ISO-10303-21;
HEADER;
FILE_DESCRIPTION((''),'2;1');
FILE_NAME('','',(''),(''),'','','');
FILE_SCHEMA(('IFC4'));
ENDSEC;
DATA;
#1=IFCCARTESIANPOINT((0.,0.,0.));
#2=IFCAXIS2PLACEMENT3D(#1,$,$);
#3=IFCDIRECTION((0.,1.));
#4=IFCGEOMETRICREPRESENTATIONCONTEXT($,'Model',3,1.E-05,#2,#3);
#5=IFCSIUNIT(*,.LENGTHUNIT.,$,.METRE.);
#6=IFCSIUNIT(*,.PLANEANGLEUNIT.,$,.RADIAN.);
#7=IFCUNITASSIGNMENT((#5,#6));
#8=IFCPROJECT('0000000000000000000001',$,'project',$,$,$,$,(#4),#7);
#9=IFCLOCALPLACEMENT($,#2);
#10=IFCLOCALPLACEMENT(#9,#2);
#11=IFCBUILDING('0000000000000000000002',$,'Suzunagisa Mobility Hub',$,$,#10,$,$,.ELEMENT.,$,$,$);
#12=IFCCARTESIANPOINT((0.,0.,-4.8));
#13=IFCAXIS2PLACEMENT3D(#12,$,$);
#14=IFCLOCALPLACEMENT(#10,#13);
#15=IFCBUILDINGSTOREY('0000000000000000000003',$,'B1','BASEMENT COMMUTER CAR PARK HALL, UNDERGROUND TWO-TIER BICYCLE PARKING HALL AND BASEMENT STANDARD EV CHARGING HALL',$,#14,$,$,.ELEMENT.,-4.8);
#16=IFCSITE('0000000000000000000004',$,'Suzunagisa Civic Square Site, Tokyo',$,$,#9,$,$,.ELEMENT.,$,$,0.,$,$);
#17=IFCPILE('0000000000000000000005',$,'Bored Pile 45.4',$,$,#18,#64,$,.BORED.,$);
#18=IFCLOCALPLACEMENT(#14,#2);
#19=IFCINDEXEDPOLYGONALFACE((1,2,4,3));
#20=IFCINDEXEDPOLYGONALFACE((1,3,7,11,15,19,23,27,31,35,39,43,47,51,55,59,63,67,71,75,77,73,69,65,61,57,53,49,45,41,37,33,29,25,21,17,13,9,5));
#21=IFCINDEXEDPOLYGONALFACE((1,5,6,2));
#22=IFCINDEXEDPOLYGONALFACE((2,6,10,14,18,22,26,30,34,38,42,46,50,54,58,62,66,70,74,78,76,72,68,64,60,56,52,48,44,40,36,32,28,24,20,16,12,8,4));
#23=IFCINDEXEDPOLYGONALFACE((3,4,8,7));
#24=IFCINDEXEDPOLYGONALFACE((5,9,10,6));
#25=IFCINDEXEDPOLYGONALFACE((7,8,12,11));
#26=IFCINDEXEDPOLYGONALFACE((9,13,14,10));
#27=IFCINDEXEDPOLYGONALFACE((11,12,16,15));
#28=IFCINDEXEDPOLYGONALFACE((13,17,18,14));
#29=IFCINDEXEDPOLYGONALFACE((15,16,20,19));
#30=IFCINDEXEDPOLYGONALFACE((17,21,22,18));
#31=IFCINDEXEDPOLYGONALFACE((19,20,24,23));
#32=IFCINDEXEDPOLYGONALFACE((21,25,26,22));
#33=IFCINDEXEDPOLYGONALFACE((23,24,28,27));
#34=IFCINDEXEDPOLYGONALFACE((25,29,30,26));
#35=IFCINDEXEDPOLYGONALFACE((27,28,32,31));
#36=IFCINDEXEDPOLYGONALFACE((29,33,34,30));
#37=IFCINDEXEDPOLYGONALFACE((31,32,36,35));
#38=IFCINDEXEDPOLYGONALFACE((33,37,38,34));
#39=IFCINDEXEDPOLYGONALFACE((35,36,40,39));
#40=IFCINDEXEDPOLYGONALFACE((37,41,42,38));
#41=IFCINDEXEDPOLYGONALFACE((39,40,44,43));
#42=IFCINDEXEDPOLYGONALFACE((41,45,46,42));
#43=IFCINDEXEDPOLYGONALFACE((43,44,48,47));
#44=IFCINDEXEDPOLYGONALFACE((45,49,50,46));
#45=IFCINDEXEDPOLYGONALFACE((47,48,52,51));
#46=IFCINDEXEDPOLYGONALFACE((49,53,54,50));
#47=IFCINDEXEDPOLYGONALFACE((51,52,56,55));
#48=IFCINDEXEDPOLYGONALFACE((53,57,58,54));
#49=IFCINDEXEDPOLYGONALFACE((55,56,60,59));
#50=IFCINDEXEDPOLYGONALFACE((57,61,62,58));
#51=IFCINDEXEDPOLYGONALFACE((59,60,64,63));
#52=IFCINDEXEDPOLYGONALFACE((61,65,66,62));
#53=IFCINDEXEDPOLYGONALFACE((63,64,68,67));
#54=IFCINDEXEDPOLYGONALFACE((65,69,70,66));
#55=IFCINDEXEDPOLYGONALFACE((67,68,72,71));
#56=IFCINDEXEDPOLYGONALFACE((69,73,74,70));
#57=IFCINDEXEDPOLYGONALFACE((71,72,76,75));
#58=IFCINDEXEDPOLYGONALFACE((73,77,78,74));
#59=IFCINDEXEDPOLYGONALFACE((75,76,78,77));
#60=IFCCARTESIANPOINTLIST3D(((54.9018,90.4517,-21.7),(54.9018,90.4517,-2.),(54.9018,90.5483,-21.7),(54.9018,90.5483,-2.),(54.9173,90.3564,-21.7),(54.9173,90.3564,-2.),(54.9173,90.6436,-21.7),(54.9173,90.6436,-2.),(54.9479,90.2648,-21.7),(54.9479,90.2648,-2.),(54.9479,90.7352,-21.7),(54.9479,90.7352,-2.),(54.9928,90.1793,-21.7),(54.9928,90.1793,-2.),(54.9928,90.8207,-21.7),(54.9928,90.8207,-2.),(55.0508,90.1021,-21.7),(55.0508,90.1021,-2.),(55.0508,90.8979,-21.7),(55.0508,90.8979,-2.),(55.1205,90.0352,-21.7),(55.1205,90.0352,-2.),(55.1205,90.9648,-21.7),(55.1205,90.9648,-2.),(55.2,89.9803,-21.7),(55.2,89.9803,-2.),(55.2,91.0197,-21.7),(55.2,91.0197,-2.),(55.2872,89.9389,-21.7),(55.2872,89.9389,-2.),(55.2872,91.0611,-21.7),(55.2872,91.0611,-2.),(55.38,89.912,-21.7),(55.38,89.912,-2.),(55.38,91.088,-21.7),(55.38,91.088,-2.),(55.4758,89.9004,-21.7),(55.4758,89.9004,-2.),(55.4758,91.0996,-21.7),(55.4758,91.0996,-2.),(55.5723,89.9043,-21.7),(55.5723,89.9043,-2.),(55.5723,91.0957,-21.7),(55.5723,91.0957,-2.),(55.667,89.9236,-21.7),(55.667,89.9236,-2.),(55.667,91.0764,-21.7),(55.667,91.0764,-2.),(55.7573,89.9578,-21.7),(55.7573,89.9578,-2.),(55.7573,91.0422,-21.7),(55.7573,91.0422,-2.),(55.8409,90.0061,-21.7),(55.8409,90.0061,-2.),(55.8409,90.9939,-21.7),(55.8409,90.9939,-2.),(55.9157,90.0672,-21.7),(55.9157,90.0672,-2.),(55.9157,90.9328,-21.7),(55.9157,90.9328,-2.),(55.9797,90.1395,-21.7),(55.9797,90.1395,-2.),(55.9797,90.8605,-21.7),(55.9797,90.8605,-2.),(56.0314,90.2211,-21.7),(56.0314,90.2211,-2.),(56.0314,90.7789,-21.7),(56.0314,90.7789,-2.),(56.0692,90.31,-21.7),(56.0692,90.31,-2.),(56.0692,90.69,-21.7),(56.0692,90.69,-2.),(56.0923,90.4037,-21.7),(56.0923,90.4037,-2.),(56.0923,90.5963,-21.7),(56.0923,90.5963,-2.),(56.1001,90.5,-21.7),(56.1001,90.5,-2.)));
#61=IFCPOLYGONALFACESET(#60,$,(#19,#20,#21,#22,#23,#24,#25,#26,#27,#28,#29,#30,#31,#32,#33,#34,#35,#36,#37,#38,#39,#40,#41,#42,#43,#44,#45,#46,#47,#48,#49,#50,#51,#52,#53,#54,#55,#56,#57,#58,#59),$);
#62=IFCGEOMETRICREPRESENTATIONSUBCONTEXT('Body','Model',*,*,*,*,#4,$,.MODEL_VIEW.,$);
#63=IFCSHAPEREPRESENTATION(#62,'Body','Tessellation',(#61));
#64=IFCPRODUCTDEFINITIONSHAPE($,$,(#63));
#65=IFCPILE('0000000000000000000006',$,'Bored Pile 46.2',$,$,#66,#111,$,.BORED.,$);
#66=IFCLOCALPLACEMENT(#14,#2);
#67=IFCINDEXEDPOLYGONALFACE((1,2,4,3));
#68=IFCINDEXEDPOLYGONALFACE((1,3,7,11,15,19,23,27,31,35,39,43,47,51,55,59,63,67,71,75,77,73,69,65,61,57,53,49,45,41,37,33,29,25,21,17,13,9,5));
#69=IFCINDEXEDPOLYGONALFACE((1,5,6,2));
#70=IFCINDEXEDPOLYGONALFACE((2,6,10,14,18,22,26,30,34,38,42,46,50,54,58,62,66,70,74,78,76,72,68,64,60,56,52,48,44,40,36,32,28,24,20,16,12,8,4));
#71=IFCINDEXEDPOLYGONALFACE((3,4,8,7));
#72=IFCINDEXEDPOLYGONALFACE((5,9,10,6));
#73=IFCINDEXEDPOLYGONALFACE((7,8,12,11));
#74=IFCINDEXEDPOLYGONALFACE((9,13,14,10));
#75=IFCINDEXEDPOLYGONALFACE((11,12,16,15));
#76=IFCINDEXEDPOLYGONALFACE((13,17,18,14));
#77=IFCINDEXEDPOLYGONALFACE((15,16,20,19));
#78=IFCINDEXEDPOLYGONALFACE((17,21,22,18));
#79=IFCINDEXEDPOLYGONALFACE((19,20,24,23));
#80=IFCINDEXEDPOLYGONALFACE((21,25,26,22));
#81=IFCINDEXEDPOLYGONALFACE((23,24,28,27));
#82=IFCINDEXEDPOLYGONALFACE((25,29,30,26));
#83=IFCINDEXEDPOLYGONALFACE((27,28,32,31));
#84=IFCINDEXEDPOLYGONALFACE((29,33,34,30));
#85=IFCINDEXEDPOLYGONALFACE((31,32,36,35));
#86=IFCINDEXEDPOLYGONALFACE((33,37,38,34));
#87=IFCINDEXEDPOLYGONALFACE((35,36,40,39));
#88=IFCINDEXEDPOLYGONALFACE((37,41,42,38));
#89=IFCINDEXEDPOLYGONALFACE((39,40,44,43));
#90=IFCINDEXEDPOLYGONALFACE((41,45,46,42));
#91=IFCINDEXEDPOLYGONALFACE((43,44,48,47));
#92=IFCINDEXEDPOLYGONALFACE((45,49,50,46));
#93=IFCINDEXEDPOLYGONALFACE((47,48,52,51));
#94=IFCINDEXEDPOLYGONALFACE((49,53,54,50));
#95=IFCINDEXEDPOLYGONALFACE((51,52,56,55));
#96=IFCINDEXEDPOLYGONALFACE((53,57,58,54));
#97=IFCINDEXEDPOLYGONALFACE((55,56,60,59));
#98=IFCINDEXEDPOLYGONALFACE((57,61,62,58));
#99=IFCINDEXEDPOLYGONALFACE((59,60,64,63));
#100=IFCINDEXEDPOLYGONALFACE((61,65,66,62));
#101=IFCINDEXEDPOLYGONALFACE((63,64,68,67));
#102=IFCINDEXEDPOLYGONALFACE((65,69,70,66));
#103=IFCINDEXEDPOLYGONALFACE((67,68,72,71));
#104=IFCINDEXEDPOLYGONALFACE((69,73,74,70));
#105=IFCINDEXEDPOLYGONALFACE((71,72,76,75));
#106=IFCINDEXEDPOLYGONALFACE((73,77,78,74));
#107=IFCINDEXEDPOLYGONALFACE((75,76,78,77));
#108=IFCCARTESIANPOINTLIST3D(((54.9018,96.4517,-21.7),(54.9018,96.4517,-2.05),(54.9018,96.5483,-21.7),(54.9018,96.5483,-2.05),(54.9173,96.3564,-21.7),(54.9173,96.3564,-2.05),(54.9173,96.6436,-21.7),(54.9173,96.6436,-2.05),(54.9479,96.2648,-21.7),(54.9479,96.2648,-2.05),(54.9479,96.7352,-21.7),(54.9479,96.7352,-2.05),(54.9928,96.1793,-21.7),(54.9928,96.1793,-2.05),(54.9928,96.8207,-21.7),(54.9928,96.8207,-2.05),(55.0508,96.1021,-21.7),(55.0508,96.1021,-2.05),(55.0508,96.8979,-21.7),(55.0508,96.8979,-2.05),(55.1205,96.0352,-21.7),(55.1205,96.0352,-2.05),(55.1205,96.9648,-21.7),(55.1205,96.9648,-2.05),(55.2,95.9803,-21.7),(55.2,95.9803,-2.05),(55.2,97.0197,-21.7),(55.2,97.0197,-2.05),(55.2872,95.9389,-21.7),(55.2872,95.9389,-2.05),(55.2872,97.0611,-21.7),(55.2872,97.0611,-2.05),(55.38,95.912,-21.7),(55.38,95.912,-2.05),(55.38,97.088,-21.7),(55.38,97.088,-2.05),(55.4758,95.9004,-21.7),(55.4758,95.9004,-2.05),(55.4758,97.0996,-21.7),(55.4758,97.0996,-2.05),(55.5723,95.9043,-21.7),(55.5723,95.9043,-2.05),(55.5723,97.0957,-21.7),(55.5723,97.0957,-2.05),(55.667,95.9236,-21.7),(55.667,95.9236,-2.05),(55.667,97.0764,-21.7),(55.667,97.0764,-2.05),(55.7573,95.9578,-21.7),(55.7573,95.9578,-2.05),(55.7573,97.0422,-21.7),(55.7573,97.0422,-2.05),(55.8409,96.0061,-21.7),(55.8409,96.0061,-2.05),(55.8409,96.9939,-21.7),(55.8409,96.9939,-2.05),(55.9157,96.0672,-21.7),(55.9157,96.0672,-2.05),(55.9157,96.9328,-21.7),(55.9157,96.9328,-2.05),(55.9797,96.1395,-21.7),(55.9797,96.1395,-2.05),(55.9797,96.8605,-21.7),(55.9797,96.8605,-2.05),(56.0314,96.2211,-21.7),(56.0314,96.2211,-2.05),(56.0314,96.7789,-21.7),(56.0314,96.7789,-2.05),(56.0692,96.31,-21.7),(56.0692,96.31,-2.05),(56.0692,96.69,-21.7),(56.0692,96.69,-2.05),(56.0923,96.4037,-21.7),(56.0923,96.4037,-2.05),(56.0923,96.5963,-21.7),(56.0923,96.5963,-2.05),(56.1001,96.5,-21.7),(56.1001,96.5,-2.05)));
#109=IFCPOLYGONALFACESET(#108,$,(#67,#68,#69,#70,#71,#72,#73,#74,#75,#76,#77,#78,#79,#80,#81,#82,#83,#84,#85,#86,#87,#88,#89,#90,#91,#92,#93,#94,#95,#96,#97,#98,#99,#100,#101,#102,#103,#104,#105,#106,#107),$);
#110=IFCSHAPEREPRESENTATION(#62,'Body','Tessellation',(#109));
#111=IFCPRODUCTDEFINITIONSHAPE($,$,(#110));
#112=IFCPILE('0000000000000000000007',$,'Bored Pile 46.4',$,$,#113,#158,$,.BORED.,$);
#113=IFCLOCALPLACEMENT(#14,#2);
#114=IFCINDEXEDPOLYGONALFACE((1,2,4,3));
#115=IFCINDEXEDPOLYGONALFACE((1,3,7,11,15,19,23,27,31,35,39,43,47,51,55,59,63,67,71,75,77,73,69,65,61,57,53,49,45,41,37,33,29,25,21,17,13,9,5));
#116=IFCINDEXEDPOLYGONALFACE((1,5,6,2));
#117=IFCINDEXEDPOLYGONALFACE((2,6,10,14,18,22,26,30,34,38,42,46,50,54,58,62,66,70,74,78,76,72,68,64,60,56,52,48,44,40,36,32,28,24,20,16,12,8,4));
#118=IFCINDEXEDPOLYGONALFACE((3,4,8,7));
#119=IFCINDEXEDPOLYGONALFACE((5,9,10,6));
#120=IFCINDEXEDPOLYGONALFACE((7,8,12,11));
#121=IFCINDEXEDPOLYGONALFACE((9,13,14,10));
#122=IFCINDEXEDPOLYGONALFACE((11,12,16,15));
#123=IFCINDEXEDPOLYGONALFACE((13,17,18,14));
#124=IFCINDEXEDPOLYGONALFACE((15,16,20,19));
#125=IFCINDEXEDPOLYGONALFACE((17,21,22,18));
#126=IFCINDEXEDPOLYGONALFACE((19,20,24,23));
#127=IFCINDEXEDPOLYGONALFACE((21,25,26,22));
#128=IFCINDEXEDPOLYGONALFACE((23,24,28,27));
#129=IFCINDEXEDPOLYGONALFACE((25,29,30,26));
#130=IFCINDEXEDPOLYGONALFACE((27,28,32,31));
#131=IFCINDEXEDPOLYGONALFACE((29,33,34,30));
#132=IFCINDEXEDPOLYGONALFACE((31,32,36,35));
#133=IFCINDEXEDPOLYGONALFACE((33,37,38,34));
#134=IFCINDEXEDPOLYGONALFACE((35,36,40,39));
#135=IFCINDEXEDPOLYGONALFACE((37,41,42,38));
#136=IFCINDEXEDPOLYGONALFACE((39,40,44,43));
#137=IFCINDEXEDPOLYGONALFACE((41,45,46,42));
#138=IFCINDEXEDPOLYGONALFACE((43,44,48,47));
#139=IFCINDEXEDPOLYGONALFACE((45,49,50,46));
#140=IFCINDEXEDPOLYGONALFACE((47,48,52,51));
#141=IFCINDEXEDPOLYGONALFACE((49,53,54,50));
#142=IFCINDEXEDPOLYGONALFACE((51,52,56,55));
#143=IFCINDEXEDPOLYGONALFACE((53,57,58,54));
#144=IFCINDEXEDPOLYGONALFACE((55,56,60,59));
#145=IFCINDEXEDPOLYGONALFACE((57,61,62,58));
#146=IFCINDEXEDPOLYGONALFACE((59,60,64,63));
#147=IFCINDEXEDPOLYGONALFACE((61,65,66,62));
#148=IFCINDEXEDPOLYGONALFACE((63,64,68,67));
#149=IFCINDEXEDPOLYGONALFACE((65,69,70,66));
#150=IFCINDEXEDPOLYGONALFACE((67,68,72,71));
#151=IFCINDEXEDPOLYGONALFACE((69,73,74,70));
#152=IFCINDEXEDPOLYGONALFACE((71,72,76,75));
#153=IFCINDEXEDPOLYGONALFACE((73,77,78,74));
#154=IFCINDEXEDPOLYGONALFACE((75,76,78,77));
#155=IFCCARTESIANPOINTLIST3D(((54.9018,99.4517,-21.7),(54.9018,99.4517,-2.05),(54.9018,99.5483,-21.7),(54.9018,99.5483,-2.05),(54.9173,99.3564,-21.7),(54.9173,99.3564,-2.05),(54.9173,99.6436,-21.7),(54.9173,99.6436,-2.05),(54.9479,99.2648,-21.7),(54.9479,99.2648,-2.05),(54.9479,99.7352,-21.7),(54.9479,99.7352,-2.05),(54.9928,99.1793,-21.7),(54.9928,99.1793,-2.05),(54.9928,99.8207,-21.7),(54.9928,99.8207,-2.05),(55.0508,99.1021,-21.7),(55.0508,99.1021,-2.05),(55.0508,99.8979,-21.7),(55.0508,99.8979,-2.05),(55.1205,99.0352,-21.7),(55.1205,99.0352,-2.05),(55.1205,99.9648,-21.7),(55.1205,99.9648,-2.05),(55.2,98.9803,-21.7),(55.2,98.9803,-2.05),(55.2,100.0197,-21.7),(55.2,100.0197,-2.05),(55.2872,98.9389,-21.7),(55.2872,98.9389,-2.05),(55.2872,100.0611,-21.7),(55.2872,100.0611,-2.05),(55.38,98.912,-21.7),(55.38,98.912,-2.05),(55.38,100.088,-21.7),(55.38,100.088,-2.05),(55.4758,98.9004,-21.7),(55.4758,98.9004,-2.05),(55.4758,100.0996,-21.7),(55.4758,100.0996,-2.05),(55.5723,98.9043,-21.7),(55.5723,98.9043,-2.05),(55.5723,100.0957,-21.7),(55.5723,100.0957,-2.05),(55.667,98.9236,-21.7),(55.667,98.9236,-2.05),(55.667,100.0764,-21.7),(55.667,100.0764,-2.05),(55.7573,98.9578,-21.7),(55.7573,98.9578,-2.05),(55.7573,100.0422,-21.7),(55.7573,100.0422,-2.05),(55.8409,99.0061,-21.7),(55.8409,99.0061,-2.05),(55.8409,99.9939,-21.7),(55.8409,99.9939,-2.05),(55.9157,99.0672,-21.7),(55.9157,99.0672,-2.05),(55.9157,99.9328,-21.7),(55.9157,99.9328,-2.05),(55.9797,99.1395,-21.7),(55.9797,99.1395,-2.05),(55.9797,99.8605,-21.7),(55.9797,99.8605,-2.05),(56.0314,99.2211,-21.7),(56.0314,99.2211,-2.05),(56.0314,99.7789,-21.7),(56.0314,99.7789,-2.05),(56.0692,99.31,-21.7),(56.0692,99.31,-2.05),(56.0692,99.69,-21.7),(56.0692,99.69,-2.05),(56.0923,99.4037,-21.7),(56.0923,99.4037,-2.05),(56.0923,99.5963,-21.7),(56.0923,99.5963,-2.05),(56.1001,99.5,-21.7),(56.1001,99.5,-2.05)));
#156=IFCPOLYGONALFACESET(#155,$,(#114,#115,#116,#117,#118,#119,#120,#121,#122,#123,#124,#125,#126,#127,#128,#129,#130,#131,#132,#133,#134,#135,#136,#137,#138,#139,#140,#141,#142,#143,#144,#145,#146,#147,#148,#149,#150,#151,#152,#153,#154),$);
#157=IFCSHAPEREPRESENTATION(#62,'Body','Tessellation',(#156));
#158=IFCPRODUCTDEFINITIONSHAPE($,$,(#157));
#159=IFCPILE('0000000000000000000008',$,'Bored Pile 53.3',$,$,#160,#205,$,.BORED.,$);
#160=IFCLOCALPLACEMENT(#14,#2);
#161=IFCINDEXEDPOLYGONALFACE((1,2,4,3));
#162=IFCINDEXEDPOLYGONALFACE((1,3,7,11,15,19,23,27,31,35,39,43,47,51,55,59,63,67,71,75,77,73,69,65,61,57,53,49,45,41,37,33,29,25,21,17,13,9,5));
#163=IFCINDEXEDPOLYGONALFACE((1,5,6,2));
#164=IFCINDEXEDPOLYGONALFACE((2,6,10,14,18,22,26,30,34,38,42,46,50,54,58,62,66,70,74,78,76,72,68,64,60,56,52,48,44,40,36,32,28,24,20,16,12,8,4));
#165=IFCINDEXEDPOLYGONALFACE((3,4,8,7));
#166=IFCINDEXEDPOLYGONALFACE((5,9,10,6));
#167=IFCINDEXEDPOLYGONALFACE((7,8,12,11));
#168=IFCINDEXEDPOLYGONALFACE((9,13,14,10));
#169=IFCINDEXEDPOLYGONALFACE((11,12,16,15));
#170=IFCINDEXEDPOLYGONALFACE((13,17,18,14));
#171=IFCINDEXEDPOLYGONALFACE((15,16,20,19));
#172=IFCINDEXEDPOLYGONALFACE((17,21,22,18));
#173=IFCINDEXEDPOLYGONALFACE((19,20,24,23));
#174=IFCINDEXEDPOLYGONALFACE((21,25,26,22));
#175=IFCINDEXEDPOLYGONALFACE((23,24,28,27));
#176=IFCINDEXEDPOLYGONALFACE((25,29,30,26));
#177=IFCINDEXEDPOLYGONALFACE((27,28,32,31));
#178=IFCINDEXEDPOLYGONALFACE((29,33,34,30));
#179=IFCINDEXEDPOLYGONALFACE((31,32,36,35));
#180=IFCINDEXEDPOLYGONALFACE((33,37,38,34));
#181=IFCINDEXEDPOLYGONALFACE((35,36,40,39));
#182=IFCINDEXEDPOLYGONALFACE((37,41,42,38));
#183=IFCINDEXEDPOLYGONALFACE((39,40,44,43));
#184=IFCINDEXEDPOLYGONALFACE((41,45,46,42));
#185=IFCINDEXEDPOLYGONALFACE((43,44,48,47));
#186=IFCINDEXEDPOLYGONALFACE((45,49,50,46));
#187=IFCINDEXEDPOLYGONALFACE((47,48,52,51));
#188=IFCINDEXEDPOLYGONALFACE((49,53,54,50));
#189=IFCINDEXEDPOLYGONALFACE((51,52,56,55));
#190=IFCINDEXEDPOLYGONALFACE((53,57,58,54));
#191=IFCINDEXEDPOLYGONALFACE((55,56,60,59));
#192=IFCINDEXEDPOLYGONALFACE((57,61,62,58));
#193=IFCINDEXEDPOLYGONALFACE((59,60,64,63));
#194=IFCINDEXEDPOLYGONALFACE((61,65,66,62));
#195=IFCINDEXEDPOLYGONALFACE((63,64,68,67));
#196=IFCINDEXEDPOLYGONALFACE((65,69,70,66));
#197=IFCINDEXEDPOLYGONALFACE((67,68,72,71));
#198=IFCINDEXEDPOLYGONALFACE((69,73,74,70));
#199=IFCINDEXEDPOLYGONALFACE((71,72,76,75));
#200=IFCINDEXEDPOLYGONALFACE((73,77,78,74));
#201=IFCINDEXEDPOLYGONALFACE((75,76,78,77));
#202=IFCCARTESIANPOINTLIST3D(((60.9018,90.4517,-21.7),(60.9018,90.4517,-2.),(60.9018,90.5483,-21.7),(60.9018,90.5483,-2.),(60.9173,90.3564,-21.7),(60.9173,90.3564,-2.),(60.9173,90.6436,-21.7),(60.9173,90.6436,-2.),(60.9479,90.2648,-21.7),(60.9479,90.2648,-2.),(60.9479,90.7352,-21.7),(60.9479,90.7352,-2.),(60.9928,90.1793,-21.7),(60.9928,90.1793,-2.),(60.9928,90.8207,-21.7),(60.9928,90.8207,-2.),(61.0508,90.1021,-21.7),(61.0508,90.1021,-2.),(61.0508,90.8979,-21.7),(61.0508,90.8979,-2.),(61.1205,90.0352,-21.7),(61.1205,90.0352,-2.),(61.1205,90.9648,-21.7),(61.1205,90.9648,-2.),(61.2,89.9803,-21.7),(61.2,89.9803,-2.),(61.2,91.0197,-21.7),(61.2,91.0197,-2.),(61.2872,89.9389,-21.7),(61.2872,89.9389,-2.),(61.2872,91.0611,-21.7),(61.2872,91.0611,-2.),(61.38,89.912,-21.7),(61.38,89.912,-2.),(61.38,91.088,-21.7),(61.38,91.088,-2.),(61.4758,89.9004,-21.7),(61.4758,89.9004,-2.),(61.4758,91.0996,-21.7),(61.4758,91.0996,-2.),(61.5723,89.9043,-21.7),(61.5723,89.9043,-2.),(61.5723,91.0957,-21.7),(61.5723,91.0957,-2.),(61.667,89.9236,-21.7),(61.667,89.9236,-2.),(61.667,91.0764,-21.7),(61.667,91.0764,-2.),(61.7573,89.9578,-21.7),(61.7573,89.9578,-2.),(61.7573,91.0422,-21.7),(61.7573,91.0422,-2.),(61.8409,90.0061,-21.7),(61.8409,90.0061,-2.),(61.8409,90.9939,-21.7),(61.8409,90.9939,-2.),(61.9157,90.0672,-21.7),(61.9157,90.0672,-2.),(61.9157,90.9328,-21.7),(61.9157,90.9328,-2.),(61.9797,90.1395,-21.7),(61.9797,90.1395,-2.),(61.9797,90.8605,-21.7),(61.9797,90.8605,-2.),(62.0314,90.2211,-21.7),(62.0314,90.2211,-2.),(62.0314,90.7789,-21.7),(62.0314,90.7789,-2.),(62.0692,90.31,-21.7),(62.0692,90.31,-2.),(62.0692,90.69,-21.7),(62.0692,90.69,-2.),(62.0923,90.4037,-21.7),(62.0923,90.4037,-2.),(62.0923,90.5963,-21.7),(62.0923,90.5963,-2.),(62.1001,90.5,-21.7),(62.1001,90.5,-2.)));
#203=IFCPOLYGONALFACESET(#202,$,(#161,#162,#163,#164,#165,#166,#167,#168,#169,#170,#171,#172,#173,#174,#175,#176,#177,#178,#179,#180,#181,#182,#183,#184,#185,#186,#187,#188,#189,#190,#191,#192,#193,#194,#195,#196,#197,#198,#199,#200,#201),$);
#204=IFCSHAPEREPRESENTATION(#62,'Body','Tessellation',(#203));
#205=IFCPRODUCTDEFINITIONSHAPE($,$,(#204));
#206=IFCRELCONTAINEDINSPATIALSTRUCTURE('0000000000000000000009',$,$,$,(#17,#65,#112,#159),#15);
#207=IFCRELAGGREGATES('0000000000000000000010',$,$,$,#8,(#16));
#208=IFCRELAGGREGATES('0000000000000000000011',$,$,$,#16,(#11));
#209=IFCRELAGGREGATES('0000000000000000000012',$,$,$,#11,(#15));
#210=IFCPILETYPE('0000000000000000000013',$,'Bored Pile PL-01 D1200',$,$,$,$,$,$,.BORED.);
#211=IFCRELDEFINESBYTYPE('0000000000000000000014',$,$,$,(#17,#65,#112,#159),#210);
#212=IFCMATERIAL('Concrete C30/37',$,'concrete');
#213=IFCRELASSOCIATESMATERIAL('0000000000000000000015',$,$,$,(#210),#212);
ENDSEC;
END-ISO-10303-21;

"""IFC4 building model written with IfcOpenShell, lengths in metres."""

from ifc_helpers import new_model, si_unit, direction, frame, origin, origin_2d, place, context, subcontext, project, spatial, circle, extrude, material, material_profile, profile_set, type_object, element, save


model = new_model("IFC4")

# Units and contexts
model_context = context("Model", 3, precision=1e-05, world=origin(), true_north=direction((0.0, 1.0)))
body_context = subcontext(model_context, "Body", "Model", "MODEL_VIEW")
ifc_project = project(units=[si_unit("LENGTHUNIT", "METRE"), si_unit("PLANEANGLEUNIT", "RADIAN")], contexts=[model_context])

# Site, building, storey
site_placement = place(None, origin())
site = spatial("IfcSite", under=ifc_project, at=site_placement, Name="Suzunagisa Civic Square Site, Tokyo", CompositionType="ELEMENT", RefElevation=0.0)
building_placement = place(site_placement, origin())
building = spatial("IfcBuilding", under=site, at=building_placement, Name="Suzunagisa Mobility Hub", CompositionType="ELEMENT")
storey_placement = place(building_placement, frame((0.0, 0.0, -4.8)))
storey = spatial("IfcBuildingStorey", under=building, at=storey_placement, Name="B1", Description="BASEMENT COMMUTER CAR PARK HALL, UNDERGROUND TWO-TIER BICYCLE PARKING HALL AND BASEMENT STANDARD EV CHARGING HALL", CompositionType="ELEMENT", Elevation=-4.8)

# Piles
ifc_material_1 = material(Name="Concrete C30/37", Category="concrete")
ifc_material_profile_1 = material_profile(ifc_material_1, circle(Radius=0.6001, at=origin_2d()), Name="BORED PILE D1200")
ifc_profile_set_1 = profile_set([ifc_material_profile_1], Name="Concrete C30/37")
pile_type = type_object("IfcPileType", Name="Bored Pile PL-01 D1200", PredefinedType="BORED", material=ifc_profile_set_1)
pile_1_placement = place(storey_placement, frame((55.5, 90.5, -2.0), z_axis=(0.0, 0.0, -1.0), x_axis=(1.0, 0.0, 0.0)))
element("IfcPile", 1, at=pile_1_placement, inside=storey, type_object=pile_type, Name="Bored Pile 45.4", PredefinedType="BORED", context=body_context, shape_type="SweptSolid", body=[
    extrude(circle(Radius=0.6001, at=origin_2d()), origin(), (0.0, 0.0, 1.0), 19.7),
])
for number, where, z_axis, x_axis, name in (
    (2, (55.5, 96.5, -2.05), (0.0, 0.0, -1.0), (1.0, 0.0, 0.0), "Bored Pile 46.2"),
    (3, (55.5, 99.5, -2.05), (0.0, 0.0, -1.0), (1.0, 0.0, 0.0), "Bored Pile 46.4"),
):
    element("IfcPile", number, at=place(storey_placement, frame(where, z_axis=z_axis, x_axis=x_axis)), inside=storey, type_object=pile_type, Name=name, PredefinedType="BORED", context=body_context, shape_type="SweptSolid", body=[
        extrude(circle(Radius=0.6001, at=origin_2d()), origin(), (0.0, 0.0, 1.0), 19.6499),
    ])
pile_2_placement = place(storey_placement, frame((61.5, 90.5, -2.0), z_axis=(0.0, 0.0, -1.0), x_axis=(1.0, 0.0, 0.0)))
element("IfcPile", 4, at=pile_2_placement, inside=storey, type_object=pile_type, Name="Bored Pile 53.3", PredefinedType="BORED", context=body_context, shape_type="SweptSolid", body=[
    extrude(circle(Radius=0.6001, at=origin_2d()), origin(), (0.0, 0.0, 1.0), 19.7),
])

save(model, "model.ifc")
